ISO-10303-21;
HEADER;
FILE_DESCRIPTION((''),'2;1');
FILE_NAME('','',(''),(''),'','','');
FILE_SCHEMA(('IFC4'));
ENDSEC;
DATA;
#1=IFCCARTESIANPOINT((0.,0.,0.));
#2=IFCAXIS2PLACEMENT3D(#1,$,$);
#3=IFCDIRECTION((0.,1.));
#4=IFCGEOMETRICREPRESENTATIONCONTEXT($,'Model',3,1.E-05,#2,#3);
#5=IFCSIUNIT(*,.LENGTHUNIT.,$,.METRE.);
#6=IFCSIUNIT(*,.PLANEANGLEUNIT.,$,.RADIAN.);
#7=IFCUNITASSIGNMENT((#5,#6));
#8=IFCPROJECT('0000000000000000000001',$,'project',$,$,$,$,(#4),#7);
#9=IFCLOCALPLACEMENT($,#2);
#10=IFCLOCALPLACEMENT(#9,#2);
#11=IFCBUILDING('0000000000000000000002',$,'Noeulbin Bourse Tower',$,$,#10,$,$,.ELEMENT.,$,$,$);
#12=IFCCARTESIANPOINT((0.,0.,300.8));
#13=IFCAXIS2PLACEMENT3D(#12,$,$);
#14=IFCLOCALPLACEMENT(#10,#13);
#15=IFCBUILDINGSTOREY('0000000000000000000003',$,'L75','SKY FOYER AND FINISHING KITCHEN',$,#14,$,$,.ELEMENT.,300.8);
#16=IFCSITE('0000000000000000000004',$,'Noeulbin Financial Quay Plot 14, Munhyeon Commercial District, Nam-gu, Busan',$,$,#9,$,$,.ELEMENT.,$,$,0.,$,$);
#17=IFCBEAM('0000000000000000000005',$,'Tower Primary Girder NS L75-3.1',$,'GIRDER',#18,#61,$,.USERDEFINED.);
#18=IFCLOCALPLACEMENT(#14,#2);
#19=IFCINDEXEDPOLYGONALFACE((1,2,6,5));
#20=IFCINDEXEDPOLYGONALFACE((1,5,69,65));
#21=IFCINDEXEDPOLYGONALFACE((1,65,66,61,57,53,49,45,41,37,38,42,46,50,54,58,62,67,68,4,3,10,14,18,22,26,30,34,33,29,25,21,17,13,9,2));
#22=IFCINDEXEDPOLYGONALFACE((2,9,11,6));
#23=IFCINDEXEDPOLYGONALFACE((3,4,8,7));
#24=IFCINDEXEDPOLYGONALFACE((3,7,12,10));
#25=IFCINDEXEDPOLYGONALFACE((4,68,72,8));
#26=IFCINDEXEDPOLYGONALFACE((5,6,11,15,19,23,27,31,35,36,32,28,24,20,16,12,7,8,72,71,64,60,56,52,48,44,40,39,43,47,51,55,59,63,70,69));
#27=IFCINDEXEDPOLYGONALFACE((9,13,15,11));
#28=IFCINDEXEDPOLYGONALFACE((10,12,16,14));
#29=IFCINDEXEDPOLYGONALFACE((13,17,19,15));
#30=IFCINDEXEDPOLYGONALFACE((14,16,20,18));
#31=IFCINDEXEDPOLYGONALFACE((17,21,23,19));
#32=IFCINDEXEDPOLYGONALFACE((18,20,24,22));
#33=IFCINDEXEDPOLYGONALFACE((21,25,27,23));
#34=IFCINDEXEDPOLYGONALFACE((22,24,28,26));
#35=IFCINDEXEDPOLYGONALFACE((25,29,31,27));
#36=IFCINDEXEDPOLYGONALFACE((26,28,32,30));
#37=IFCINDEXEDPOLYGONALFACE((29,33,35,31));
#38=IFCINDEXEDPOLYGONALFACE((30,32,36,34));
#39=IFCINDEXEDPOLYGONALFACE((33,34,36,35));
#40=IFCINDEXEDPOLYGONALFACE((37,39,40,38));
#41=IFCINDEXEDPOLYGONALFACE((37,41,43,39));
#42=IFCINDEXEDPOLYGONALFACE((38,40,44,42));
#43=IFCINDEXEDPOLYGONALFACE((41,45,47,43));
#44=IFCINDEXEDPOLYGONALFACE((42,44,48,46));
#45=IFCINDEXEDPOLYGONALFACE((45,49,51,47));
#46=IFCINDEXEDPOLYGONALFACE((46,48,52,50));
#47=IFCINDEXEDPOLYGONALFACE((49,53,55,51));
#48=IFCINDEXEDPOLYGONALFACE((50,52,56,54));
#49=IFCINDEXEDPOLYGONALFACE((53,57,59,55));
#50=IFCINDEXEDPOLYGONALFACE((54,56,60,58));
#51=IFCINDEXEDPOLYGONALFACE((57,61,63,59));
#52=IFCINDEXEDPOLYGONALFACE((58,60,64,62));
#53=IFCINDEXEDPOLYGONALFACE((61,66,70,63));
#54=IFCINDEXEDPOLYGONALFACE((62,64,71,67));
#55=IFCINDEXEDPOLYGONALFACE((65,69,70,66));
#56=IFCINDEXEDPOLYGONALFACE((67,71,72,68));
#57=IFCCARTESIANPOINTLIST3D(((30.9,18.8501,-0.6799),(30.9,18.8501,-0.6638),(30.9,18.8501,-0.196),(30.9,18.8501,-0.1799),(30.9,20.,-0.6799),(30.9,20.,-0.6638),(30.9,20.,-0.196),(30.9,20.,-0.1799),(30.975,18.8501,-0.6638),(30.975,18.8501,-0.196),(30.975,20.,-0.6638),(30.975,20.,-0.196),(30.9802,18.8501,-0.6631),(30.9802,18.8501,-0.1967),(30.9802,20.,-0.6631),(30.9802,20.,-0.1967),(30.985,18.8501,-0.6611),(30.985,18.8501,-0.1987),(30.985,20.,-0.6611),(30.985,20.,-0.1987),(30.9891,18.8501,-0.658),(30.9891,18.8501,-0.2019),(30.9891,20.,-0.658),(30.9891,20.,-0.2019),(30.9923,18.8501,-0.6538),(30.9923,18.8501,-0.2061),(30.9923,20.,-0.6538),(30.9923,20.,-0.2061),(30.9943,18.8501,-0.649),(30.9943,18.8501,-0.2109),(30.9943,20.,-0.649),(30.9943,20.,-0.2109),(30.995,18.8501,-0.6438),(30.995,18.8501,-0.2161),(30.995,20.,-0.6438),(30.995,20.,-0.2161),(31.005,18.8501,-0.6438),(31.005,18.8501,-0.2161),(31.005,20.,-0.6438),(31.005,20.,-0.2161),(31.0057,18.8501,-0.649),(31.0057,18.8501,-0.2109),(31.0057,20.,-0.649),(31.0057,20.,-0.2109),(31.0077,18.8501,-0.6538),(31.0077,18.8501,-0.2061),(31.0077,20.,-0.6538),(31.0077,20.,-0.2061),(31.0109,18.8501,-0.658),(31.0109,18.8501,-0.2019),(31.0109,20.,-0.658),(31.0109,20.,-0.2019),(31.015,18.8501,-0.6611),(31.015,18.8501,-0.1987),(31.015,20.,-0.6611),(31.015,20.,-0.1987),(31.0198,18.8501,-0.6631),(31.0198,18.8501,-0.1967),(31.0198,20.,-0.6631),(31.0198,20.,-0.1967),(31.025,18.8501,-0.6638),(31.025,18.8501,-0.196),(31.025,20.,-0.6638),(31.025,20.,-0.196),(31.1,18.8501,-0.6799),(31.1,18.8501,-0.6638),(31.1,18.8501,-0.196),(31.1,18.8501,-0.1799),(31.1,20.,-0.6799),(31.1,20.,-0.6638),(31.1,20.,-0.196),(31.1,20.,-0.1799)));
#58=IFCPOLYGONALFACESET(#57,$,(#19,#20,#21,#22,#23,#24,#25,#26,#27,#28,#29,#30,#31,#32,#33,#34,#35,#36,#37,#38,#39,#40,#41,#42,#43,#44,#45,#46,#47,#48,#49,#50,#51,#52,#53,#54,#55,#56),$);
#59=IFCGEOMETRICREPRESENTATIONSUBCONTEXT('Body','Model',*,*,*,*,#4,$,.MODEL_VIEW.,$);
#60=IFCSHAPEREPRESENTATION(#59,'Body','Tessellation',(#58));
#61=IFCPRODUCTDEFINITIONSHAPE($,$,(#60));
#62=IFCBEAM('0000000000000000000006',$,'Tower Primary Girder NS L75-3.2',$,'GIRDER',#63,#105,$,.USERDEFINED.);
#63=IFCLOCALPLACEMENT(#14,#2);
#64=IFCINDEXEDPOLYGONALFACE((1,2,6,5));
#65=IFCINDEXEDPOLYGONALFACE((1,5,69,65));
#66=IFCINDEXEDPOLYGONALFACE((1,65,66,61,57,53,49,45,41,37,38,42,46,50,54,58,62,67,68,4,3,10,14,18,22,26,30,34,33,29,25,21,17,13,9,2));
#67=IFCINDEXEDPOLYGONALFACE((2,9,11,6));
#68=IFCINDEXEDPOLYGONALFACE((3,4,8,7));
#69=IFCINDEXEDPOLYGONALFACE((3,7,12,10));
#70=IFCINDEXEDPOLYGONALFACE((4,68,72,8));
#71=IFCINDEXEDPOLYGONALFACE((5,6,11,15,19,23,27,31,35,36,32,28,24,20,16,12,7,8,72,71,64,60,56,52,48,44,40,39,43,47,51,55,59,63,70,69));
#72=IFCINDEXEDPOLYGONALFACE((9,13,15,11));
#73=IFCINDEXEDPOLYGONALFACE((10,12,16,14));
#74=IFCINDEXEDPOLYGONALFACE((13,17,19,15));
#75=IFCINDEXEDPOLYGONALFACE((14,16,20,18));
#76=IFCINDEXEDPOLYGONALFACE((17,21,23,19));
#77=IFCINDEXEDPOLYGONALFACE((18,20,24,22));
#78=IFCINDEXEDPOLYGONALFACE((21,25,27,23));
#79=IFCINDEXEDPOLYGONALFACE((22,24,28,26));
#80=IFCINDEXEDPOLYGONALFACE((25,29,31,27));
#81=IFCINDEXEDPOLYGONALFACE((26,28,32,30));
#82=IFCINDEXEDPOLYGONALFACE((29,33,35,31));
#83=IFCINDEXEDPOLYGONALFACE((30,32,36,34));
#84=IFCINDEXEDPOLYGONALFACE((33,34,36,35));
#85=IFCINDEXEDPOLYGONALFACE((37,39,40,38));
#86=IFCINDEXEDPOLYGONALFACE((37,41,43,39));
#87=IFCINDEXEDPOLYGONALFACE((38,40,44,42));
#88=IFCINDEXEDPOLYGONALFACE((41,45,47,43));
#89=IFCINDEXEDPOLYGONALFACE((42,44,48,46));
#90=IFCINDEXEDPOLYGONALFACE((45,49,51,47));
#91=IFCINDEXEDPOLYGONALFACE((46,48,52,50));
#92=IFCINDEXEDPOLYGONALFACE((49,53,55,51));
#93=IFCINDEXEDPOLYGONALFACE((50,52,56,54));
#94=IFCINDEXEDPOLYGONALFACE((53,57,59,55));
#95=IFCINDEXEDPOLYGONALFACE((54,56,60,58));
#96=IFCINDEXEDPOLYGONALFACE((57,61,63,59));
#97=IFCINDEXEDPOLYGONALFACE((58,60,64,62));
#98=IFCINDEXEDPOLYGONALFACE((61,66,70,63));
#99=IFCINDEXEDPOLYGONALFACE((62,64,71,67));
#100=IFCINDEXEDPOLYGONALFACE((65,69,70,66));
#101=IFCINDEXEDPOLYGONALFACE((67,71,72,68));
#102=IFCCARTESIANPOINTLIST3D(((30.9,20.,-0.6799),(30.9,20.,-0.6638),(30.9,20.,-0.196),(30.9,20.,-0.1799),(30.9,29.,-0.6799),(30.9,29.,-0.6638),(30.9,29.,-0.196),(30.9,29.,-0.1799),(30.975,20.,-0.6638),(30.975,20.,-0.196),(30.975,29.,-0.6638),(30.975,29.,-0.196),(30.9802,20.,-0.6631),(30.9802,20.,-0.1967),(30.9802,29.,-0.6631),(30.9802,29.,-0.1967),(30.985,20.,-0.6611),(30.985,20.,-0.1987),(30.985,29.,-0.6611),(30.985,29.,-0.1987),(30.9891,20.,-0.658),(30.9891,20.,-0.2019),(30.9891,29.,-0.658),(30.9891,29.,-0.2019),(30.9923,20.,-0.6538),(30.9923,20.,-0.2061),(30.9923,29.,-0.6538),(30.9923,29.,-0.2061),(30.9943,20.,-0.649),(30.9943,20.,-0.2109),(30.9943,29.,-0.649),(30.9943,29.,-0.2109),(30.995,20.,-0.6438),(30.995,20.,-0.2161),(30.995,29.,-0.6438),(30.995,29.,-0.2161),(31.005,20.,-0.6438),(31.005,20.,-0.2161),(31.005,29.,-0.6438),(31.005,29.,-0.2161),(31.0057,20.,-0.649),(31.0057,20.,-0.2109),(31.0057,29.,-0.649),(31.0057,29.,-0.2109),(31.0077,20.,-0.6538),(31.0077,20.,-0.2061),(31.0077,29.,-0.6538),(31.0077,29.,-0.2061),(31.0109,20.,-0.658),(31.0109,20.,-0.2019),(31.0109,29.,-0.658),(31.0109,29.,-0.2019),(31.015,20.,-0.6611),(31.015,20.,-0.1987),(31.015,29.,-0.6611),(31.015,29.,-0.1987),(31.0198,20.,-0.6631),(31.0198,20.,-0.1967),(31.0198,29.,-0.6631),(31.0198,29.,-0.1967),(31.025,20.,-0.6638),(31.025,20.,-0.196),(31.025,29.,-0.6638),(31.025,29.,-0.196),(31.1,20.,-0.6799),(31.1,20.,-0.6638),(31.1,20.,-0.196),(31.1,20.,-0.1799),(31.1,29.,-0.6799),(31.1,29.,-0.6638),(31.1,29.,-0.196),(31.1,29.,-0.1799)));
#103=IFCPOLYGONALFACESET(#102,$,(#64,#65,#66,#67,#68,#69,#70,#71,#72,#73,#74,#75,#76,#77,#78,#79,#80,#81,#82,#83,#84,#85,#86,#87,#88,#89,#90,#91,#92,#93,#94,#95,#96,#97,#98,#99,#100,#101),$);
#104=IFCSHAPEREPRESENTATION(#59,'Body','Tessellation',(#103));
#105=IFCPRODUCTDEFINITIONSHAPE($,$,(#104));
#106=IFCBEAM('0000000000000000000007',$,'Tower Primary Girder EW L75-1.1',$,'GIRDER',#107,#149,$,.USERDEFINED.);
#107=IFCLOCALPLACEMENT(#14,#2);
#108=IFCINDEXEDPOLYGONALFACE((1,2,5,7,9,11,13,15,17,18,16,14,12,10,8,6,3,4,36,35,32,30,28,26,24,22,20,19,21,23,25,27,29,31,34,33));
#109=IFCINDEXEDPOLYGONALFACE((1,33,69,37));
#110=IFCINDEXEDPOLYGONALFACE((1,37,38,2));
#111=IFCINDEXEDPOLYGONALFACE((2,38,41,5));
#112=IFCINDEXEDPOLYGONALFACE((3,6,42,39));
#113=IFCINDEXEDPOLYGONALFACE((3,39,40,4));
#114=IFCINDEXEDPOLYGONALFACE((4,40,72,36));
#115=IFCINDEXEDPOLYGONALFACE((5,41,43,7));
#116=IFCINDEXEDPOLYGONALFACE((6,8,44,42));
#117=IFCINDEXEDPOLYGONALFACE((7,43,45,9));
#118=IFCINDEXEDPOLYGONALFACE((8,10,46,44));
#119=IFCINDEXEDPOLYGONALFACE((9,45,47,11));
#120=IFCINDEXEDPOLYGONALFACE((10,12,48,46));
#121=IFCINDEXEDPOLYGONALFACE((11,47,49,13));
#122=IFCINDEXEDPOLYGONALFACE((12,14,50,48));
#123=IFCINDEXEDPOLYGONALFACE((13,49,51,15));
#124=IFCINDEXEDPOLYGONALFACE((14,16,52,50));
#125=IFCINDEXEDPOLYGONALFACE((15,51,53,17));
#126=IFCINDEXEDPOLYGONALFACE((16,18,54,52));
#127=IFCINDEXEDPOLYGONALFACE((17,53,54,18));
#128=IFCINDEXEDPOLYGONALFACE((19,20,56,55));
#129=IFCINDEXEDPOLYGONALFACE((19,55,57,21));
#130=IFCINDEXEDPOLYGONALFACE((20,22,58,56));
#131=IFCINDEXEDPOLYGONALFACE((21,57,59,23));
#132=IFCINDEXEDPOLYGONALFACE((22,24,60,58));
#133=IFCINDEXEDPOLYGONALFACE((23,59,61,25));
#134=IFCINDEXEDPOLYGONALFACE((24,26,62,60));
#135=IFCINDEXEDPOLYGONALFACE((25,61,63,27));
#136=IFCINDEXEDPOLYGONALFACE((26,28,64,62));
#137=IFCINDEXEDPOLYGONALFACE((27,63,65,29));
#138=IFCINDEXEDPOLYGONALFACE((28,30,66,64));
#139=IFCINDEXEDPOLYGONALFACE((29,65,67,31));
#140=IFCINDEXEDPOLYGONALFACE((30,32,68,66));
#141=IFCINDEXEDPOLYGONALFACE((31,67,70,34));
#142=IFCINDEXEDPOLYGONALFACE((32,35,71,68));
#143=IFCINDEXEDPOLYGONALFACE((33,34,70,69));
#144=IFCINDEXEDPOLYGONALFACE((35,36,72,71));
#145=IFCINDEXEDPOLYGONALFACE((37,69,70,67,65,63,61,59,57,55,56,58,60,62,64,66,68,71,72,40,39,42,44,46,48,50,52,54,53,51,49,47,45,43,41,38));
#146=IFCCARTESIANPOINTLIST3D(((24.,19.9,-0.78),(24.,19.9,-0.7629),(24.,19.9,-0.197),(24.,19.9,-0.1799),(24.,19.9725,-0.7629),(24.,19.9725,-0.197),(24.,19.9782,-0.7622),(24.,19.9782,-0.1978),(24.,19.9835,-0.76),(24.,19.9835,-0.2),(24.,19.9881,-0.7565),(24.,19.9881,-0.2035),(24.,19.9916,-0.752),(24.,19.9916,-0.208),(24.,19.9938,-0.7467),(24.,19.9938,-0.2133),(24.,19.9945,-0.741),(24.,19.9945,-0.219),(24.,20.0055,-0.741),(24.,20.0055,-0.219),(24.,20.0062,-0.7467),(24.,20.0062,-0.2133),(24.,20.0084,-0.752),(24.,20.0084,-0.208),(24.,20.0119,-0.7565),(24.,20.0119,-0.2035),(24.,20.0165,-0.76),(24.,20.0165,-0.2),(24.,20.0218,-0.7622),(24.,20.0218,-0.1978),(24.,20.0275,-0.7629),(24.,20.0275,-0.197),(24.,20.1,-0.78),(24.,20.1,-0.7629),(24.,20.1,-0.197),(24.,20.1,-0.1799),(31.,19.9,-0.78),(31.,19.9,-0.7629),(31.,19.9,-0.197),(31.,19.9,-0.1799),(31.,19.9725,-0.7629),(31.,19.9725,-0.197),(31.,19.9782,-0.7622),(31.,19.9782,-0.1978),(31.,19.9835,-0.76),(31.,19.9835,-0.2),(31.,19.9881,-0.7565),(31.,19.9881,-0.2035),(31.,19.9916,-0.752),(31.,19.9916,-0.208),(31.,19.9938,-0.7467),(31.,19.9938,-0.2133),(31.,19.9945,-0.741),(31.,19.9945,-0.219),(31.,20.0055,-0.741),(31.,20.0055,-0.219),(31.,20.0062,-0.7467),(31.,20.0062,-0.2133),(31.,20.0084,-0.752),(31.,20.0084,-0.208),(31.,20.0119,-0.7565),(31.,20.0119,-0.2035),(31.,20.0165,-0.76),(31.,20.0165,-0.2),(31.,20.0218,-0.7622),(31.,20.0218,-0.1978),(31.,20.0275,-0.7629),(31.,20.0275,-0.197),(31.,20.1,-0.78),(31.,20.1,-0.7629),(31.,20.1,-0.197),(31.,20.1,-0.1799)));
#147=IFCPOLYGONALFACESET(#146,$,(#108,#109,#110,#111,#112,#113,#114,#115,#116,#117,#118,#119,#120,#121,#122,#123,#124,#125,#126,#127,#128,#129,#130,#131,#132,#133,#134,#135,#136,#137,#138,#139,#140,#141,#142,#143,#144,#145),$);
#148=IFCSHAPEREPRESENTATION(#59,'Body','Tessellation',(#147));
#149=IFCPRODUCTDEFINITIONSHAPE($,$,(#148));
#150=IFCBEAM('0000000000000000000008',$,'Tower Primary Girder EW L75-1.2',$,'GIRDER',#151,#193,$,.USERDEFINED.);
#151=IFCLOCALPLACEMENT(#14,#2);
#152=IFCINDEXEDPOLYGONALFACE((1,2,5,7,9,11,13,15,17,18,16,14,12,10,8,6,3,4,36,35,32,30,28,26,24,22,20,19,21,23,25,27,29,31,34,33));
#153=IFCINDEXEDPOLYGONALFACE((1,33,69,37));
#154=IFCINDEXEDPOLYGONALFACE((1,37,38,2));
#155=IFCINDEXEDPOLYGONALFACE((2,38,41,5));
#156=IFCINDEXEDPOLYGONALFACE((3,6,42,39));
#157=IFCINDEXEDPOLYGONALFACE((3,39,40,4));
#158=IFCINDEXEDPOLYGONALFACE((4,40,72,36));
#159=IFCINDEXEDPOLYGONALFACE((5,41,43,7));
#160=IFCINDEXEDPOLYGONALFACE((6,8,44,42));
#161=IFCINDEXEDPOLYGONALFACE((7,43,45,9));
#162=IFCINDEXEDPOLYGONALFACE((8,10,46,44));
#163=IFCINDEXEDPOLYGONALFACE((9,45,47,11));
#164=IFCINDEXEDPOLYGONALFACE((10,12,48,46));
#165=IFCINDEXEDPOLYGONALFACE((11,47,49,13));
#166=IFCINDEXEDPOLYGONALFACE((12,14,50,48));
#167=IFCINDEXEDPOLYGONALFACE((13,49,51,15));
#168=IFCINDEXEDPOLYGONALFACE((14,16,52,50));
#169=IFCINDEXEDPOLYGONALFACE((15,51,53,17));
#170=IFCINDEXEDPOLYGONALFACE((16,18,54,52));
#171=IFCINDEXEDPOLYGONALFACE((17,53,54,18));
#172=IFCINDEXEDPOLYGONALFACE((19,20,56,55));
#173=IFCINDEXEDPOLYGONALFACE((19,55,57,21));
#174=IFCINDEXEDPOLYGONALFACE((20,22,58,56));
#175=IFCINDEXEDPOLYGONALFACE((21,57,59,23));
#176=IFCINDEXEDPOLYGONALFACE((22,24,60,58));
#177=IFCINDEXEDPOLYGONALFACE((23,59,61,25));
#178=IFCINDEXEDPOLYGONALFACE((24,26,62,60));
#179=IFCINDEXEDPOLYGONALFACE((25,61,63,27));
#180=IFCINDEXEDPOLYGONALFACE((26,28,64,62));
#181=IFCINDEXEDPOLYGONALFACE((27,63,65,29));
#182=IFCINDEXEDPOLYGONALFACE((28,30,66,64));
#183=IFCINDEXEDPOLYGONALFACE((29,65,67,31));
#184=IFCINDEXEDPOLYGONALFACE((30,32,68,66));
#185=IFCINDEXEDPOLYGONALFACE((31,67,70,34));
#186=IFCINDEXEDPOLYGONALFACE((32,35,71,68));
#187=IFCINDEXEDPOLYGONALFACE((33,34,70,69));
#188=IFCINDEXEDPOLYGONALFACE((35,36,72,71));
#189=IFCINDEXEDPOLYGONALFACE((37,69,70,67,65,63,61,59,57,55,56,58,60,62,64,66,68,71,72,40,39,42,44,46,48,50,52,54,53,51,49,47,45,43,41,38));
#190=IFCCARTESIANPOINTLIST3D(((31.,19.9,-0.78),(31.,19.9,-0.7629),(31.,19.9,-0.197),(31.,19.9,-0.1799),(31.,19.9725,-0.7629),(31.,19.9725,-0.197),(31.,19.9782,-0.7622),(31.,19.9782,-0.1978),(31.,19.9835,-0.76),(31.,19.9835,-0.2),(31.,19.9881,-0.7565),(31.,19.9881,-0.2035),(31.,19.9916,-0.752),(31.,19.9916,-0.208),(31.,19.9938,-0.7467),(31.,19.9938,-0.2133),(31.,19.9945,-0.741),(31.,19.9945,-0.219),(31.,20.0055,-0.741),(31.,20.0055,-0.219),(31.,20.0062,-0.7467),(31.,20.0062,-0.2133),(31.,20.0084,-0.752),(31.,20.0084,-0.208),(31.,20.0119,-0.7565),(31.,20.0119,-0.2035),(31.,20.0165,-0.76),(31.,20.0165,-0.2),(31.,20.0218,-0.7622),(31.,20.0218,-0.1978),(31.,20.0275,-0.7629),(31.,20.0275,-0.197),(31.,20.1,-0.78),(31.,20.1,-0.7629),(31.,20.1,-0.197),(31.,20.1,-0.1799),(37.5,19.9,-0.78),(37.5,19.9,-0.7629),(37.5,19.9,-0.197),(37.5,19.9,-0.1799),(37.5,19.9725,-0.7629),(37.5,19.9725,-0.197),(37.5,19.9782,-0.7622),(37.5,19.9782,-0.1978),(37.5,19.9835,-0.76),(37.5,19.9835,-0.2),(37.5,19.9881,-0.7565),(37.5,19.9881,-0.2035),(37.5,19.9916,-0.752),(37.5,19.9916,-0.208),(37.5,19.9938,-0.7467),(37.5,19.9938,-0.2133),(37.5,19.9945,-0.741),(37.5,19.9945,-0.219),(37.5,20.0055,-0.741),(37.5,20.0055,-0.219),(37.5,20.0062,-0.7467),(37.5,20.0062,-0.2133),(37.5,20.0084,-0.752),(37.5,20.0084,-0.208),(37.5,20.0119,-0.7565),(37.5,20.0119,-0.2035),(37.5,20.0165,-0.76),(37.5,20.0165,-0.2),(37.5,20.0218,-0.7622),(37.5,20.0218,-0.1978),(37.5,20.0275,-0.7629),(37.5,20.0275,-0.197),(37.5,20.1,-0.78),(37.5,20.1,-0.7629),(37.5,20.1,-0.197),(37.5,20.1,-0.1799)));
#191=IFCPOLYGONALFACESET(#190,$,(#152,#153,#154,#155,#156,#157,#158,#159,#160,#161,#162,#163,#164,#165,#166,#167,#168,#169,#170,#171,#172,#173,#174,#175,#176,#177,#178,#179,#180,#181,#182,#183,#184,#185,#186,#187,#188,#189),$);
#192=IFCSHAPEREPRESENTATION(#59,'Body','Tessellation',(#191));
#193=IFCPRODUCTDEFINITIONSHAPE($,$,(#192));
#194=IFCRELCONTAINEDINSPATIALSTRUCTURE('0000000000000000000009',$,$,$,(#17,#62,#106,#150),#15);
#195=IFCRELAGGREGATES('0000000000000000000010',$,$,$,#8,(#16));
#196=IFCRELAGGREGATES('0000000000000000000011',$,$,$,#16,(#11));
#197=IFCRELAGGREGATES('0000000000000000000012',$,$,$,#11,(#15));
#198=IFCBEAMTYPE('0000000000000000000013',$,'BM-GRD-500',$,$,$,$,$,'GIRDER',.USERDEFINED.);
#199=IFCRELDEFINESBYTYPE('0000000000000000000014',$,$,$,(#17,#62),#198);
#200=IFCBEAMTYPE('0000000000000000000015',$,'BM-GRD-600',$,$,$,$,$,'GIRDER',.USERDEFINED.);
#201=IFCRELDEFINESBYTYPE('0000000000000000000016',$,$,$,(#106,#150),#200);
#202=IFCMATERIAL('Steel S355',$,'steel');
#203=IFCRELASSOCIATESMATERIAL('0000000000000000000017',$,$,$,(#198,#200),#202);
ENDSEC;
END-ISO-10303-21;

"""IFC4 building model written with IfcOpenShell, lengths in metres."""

from ifc_helpers import new_model, si_unit, direction, frame, origin, origin_2d, place, context, subcontext, project, spatial, i_section, extrude, material, material_profile, profile_set, type_object, element, save


model = new_model("IFC4")

# Units and contexts
model_context = context("Model", 3, precision=1e-05, world=origin(), true_north=direction((0.0, 1.0)))
body_context = subcontext(model_context, "Body", "Model", "MODEL_VIEW")
ifc_project = project(units=[si_unit("LENGTHUNIT", "METRE"), si_unit("PLANEANGLEUNIT", "RADIAN")], contexts=[model_context])

# Site, building, storey
site_placement = place(None, origin())
site = spatial("IfcSite", under=ifc_project, at=site_placement, Name="Noeulbin Financial Quay Plot 14, Munhyeon Commercial District, Nam-gu, Busan", CompositionType="ELEMENT", RefElevation=0.0)
building_placement = place(site_placement, origin())
building = spatial("IfcBuilding", under=site, at=building_placement, Name="Noeulbin Bourse Tower", CompositionType="ELEMENT")
storey_placement = place(building_placement, frame((0.0, 0.0, 300.8)))
storey = spatial("IfcBuildingStorey", under=building, at=storey_placement, Name="L75", Description="SKY FOYER AND FINISHING KITCHEN", CompositionType="ELEMENT", Elevation=300.8)

# Shared definitions
ifc_material_1 = material(Name="Steel S355", Category="steel")

# Beams
ifc_material_profile_1 = material_profile(ifc_material_1, i_section(OverallWidth=0.2, OverallDepth=0.5, WebThickness=0.01, FlangeThickness=0.0161, FilletRadius=0.02, at=origin_2d()), Name="H-500x200x10x16", Category="LoadBearing")
ifc_profile_set_1 = profile_set([ifc_material_profile_1], Name="Steel S355")
beam_type_1 = type_object("IfcBeamType", Name="BM-GRD-500", ElementType="GIRDER", PredefinedType="USERDEFINED", material=ifc_profile_set_1)
beam_1_placement = place(storey_placement, frame((31.0, 18.8501, -0.4299), z_axis=(0.0, 1.0, 0.0), x_axis=(-1.0, 0.0, 0.0)))
element("IfcBeam", 1, at=beam_1_placement, inside=storey, type_object=beam_type_1, Name="Tower Primary Girder NS L75-3.1", ObjectType="GIRDER", PredefinedType="USERDEFINED", context=body_context, shape_type="SweptSolid", body=[
    extrude(i_section(OverallWidth=0.2, OverallDepth=0.5, WebThickness=0.01, FlangeThickness=0.0161, FilletRadius=0.02, at=origin_2d()), origin(), (0.0, 0.0, 1.0), 1.1499),
])
beam_2_placement = place(storey_placement, frame((31.0, 20.0, -0.4299), z_axis=(0.0, 1.0, 0.0), x_axis=(-1.0, 0.0, 0.0)))
element("IfcBeam", 2, at=beam_2_placement, inside=storey, type_object=beam_type_1, Name="Tower Primary Girder NS L75-3.2", ObjectType="GIRDER", PredefinedType="USERDEFINED", context=body_context, shape_type="SweptSolid", body=[
    extrude(i_section(OverallWidth=0.2, OverallDepth=0.5, WebThickness=0.01, FlangeThickness=0.0161, FilletRadius=0.02, at=origin_2d()), origin(), (0.0, 0.0, 1.0), 9.0),
])
ifc_material_profile_2 = material_profile(ifc_material_1, i_section(OverallWidth=0.2, OverallDepth=0.6001, WebThickness=0.011, FlangeThickness=0.0171, FilletRadius=0.022, at=origin_2d()), Name="H-600x200x11x17", Category="LoadBearing")
ifc_profile_set_2 = profile_set([ifc_material_profile_2], Name="Steel S355")
beam_type_2 = type_object("IfcBeamType", Name="BM-GRD-600", ElementType="GIRDER", PredefinedType="USERDEFINED", material=ifc_profile_set_2)
beam_3_placement = place(storey_placement, frame((24.0, 20.0, -0.48), z_axis=(1.0, 0.0, 0.0), x_axis=(0.0, 1.0, 0.0)))
element("IfcBeam", 3, at=beam_3_placement, inside=storey, type_object=beam_type_2, Name="Tower Primary Girder EW L75-1.1", ObjectType="GIRDER", PredefinedType="USERDEFINED", context=body_context, shape_type="SweptSolid", body=[
    extrude(i_section(OverallWidth=0.2, OverallDepth=0.6001, WebThickness=0.011, FlangeThickness=0.0171, FilletRadius=0.022, at=origin_2d()), origin(), (0.0, 0.0, 1.0), 7.0),
])
beam_4_placement = place(storey_placement, frame((31.0, 20.0, -0.48), z_axis=(1.0, 0.0, 0.0), x_axis=(0.0, 1.0, 0.0)))
element("IfcBeam", 4, at=beam_4_placement, inside=storey, type_object=beam_type_2, Name="Tower Primary Girder EW L75-1.2", ObjectType="GIRDER", PredefinedType="USERDEFINED", context=body_context, shape_type="SweptSolid", body=[
    extrude(i_section(OverallWidth=0.2, OverallDepth=0.6001, WebThickness=0.011, FlangeThickness=0.0171, FilletRadius=0.022, at=origin_2d()), origin(), (0.0, 0.0, 1.0), 6.5),
])

save(model, "model.ifc")
